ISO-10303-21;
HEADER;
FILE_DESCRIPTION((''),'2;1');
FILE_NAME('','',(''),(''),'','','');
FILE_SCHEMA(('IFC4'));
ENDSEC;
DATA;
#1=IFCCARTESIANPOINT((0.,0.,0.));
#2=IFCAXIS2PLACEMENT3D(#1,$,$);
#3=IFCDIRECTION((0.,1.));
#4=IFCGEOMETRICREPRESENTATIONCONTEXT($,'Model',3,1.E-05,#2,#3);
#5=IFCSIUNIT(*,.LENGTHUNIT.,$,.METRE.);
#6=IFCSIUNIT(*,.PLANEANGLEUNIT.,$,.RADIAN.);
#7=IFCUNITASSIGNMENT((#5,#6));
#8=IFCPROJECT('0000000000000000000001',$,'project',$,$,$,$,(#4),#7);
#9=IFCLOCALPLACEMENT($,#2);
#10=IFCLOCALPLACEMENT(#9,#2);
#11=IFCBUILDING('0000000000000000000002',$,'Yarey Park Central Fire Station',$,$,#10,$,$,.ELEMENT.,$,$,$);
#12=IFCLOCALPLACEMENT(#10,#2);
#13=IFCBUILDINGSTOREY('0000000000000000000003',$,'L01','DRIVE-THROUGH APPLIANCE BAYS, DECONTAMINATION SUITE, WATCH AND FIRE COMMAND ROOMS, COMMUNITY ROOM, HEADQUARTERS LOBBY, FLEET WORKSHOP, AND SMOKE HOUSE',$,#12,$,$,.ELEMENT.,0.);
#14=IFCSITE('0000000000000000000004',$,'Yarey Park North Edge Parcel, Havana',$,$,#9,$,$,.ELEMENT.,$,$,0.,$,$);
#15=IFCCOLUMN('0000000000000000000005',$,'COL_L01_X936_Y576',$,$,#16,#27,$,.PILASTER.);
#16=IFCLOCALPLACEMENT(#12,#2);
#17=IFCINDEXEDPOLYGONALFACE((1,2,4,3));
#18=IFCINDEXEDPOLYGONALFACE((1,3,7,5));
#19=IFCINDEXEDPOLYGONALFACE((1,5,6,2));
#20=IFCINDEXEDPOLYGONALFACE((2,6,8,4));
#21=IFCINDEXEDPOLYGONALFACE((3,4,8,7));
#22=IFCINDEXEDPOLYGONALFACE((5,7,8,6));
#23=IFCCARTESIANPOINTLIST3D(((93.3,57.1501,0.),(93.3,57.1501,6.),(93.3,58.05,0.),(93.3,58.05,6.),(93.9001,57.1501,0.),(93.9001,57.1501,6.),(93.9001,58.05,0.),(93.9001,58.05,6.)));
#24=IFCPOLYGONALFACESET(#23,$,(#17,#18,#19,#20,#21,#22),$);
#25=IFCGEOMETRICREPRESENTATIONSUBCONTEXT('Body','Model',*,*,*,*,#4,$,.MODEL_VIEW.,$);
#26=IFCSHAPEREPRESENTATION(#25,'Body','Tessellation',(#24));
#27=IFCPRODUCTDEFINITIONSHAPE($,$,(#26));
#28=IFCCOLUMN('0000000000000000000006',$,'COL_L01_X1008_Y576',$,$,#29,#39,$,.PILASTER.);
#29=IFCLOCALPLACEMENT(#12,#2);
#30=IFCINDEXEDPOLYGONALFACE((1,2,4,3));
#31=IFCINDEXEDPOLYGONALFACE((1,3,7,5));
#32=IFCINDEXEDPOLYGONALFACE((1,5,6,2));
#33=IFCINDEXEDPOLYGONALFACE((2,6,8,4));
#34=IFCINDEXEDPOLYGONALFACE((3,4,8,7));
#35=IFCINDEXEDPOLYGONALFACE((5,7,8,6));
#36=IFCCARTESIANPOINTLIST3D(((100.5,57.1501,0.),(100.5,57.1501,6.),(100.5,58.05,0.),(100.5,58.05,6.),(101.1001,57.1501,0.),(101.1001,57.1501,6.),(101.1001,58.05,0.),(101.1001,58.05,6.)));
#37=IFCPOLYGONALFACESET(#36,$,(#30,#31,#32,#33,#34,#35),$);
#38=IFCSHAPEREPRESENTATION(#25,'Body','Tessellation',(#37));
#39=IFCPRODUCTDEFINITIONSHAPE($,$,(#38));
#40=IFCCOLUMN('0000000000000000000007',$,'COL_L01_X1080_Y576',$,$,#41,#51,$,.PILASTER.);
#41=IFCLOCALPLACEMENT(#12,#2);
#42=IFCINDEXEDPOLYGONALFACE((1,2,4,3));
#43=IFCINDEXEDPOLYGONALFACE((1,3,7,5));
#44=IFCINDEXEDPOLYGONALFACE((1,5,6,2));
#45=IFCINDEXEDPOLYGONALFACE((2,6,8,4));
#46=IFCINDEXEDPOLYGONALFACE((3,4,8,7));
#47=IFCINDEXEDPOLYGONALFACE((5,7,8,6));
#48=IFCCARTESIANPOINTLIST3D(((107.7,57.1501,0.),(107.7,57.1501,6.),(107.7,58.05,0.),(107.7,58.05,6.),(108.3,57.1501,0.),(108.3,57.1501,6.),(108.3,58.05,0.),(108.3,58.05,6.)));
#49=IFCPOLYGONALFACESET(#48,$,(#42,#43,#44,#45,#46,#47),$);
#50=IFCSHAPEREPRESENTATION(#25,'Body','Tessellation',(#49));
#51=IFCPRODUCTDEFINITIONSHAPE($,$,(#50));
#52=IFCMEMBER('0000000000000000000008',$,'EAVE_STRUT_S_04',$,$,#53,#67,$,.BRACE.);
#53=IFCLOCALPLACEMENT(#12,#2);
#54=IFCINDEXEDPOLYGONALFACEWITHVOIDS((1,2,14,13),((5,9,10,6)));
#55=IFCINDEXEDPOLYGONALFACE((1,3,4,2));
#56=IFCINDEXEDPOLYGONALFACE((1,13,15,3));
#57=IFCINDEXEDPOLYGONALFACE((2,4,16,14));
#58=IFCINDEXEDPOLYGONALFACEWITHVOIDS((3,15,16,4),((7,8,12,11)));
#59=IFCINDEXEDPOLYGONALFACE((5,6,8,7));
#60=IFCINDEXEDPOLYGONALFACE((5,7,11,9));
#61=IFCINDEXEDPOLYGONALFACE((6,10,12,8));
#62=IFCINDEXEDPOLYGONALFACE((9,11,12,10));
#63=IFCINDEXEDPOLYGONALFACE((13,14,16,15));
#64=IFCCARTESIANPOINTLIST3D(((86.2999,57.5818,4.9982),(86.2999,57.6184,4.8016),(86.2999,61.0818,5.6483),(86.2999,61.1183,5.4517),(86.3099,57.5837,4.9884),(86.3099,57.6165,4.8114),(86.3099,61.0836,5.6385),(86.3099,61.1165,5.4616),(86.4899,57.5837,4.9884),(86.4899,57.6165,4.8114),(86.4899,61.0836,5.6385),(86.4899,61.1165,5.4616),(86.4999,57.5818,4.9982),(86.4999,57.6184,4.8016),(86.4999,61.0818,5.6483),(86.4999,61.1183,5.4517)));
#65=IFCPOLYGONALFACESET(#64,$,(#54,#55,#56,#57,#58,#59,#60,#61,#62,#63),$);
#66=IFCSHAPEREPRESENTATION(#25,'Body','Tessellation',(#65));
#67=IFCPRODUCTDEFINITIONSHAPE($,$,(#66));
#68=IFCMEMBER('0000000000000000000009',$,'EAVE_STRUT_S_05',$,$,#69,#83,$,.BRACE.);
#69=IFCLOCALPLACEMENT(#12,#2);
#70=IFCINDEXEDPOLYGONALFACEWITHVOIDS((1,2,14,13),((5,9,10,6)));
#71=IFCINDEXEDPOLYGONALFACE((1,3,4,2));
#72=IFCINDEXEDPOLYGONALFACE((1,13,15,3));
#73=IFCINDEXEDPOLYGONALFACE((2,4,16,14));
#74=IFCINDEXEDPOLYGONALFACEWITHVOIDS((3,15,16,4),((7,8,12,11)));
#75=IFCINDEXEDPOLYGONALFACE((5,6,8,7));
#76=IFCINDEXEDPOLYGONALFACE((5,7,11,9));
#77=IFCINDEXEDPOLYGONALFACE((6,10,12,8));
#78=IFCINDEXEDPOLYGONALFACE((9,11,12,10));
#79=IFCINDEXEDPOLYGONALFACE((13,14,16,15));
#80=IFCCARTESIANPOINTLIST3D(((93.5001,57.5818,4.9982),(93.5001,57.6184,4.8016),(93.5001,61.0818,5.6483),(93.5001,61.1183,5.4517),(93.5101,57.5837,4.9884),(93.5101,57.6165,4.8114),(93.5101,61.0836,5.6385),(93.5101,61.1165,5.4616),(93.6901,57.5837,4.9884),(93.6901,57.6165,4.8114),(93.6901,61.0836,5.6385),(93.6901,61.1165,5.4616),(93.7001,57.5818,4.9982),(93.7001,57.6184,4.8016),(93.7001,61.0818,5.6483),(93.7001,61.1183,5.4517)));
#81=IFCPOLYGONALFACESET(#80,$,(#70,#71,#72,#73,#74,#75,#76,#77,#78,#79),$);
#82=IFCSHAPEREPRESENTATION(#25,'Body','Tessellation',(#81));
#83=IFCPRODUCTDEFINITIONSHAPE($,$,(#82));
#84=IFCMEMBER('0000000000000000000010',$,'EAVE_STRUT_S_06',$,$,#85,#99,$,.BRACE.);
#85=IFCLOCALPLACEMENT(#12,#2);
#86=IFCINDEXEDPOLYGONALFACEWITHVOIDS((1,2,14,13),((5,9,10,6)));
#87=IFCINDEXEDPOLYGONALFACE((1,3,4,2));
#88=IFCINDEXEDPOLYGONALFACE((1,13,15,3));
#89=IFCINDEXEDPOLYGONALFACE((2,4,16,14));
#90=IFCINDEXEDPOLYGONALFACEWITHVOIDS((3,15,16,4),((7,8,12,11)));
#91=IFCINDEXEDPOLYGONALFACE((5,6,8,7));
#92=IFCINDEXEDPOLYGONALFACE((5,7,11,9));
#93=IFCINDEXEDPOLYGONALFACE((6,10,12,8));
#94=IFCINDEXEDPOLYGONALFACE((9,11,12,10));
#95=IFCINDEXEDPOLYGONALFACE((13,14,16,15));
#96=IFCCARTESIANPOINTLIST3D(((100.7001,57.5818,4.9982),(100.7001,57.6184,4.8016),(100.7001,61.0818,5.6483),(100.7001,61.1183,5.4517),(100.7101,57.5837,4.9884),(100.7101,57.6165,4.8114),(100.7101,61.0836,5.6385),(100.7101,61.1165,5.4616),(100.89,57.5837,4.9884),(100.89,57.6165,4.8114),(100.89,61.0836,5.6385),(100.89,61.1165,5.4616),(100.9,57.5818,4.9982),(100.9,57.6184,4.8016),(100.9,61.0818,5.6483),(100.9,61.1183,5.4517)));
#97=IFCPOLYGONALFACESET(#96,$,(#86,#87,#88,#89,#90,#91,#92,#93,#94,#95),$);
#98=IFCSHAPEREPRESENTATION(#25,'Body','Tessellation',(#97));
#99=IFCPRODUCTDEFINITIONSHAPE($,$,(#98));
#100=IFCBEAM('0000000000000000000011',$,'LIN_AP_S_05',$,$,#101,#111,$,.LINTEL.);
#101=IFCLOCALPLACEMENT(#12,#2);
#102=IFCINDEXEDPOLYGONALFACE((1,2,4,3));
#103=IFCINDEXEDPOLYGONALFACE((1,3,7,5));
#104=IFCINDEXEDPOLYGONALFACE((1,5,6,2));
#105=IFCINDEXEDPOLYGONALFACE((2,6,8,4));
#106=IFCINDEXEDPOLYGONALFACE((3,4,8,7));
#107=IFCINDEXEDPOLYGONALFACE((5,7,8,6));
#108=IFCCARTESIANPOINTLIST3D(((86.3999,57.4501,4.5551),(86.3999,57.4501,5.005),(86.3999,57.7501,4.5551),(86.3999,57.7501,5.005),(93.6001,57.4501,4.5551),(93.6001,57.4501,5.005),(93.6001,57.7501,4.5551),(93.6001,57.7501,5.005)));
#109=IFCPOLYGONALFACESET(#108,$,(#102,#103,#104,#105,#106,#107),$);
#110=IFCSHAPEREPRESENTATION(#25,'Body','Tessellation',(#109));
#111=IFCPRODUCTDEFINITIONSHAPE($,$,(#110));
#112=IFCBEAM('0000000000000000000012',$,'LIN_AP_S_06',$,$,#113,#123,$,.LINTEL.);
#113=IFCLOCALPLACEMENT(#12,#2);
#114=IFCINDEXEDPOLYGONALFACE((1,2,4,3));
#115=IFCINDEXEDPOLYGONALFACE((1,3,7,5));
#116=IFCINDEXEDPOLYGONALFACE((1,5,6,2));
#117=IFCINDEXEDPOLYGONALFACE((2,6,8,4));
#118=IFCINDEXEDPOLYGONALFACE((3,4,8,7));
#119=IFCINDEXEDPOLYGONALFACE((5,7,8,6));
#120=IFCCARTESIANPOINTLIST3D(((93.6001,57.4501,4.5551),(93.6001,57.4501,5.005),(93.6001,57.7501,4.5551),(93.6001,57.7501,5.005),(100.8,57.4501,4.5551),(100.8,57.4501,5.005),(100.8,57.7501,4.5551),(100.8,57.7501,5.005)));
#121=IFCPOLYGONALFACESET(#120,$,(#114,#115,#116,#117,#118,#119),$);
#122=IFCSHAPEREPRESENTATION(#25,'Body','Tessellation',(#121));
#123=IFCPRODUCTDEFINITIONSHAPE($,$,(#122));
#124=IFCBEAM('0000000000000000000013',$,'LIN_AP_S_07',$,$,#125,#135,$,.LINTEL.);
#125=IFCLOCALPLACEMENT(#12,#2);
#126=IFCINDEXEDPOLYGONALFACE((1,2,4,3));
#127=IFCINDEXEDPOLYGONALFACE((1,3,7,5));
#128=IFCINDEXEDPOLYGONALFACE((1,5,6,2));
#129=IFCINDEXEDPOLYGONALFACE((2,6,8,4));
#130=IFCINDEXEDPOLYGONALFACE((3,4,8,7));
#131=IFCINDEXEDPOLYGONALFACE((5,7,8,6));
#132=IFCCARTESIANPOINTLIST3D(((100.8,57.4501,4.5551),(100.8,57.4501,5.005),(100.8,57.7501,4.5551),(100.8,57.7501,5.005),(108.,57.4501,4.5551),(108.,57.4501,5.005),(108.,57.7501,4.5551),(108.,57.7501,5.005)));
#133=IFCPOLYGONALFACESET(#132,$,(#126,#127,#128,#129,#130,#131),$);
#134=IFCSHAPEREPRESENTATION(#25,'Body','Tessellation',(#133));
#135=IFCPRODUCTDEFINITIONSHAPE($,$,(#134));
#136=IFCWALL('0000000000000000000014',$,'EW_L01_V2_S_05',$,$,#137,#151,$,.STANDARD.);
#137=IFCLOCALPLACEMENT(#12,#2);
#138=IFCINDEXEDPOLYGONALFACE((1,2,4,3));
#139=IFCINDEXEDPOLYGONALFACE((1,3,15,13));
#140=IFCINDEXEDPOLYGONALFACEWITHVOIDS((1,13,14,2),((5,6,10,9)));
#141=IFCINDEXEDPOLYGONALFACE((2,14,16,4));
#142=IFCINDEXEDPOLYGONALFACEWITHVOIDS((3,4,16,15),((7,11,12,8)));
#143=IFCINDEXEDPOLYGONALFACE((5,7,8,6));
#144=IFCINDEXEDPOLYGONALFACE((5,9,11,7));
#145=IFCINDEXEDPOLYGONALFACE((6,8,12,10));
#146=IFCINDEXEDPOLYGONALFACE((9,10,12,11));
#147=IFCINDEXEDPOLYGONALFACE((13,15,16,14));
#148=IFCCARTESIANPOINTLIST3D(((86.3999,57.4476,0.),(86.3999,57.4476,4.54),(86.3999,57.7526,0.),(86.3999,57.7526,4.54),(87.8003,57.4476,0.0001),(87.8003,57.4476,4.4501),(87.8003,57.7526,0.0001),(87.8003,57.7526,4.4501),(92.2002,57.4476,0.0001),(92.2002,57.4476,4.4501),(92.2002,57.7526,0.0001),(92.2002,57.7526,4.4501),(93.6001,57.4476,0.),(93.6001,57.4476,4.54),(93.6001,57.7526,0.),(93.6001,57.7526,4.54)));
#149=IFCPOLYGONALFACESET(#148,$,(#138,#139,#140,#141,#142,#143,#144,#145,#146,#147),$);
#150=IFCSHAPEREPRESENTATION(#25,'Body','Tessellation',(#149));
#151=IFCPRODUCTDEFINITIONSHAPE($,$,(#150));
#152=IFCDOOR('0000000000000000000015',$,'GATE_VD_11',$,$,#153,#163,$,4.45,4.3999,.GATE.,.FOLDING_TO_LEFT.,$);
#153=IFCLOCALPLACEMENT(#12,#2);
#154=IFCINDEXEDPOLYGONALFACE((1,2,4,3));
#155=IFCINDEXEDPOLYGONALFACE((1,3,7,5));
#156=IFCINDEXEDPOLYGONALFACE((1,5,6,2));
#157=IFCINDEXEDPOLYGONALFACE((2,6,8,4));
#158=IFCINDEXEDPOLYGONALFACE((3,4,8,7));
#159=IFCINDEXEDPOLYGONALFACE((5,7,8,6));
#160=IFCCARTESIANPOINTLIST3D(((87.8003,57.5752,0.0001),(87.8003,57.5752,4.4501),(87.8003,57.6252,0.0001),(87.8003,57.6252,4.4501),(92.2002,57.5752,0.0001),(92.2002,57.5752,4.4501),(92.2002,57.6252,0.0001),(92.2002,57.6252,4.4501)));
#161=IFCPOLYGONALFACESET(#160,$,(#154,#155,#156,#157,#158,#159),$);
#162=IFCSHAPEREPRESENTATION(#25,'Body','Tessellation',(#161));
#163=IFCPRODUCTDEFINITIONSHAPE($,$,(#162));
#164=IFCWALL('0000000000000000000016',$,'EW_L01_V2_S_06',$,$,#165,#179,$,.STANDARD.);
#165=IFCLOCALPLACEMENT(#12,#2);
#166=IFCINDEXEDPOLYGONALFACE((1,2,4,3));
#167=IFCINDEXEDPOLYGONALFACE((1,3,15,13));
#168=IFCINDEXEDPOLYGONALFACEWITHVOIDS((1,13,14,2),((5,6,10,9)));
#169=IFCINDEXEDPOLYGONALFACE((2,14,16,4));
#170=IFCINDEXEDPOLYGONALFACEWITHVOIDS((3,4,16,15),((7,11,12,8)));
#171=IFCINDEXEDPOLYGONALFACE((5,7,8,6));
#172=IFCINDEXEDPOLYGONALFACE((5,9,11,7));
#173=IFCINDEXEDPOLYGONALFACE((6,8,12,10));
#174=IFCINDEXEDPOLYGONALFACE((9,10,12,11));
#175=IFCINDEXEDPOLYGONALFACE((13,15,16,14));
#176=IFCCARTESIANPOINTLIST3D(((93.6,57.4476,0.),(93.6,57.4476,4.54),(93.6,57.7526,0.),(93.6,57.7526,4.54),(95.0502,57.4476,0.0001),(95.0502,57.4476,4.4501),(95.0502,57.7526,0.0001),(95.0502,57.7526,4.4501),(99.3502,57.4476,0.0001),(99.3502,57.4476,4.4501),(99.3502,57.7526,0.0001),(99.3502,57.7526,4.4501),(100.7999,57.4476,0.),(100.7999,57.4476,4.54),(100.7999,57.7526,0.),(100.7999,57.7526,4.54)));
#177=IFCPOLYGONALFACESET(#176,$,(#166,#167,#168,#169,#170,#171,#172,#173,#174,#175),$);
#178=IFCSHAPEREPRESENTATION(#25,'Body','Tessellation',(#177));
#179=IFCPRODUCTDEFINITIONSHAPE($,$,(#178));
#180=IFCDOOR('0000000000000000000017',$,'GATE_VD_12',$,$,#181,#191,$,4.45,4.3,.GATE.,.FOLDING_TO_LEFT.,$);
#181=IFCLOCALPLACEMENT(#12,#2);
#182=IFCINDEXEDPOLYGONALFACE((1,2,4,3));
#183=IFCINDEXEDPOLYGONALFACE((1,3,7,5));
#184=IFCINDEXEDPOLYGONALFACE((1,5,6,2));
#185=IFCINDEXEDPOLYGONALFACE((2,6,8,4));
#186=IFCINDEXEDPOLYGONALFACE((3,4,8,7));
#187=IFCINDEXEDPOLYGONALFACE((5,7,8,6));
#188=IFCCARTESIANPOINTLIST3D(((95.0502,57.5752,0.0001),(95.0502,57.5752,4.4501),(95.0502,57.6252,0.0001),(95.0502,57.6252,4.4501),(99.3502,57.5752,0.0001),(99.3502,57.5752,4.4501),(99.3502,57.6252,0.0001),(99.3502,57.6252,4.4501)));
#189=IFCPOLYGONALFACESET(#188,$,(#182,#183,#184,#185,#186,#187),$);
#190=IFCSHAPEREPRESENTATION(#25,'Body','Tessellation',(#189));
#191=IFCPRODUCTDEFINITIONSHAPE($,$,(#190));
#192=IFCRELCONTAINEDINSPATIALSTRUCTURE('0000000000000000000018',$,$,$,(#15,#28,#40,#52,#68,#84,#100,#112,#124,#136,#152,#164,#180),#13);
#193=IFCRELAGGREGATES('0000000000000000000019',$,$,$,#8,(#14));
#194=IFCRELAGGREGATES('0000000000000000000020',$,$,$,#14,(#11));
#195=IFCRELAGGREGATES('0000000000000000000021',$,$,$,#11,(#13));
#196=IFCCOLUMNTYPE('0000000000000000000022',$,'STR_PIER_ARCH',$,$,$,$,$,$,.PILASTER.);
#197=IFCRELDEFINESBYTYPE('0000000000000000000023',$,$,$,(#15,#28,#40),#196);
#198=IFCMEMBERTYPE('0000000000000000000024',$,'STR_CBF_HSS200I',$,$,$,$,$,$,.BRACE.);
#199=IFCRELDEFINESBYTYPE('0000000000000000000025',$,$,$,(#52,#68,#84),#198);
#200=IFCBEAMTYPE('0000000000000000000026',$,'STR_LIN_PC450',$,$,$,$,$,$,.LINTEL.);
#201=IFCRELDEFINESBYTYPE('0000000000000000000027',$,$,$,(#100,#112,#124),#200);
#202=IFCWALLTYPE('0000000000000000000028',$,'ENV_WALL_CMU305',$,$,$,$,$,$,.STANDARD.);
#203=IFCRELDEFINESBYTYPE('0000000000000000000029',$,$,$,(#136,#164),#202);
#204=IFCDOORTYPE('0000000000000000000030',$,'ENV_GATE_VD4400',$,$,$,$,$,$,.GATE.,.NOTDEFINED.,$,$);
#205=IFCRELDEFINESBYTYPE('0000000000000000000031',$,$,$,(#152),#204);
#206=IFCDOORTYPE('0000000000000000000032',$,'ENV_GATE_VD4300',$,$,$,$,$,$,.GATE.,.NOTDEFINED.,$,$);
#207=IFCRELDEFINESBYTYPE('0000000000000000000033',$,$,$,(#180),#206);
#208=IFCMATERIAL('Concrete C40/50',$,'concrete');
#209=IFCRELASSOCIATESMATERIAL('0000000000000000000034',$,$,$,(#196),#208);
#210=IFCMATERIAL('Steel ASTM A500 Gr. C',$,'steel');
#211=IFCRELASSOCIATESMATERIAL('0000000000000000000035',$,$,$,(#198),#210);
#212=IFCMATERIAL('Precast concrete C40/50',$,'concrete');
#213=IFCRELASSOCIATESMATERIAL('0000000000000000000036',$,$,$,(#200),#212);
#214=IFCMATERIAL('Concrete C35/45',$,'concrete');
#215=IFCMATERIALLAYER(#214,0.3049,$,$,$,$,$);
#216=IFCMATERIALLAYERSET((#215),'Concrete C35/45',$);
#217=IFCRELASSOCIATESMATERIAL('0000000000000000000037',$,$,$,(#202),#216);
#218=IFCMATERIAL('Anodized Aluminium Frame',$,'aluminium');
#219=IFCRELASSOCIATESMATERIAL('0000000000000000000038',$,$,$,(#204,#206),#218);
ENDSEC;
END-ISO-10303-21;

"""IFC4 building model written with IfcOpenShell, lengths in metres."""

from ifc_helpers import new_model, si_unit, direction, frame, frame_2d, origin, origin_2d, place, context, subcontext, project, spatial, rectangle, hollow_rectangle, extrude, material, layer, layer_set, material_profile, profile_set, type_object, element, fill, save


model = new_model("IFC4")

# Units and contexts
model_context = context("Model", 3, precision=1e-05, world=origin(), true_north=direction((0.0, 1.0)))
body_context = subcontext(model_context, "Body", "Model", "MODEL_VIEW")
ifc_project = project(units=[si_unit("LENGTHUNIT", "METRE"), si_unit("PLANEANGLEUNIT", "RADIAN")], contexts=[model_context])

# Site, building, storey
site_placement = place(None, origin())
site = spatial("IfcSite", under=ifc_project, at=site_placement, Name="Yarey Park North Edge Parcel, Havana", CompositionType="ELEMENT", RefElevation=0.0)
building_placement = place(site_placement, origin())
building = spatial("IfcBuilding", under=site, at=building_placement, Name="Yarey Park Central Fire Station", CompositionType="ELEMENT")
storey_placement = place(building_placement, origin())
storey = spatial("IfcBuildingStorey", under=building, at=storey_placement, Name="L01", Description="DRIVE-THROUGH APPLIANCE BAYS, DECONTAMINATION SUITE, WATCH AND FIRE COMMAND ROOMS, COMMUNITY ROOM, HEADQUARTERS LOBBY, FLEET WORKSHOP, AND SMOKE HOUSE", CompositionType="ELEMENT", Elevation=0.0)

# Shared definitions
ifc_material_1 = material(Name="Concrete C35/45", Category="concrete")

# Columns
ifc_material_2 = material(Name="Concrete C40/50", Category="concrete")
ifc_material_profile_1 = material_profile(ifc_material_2, rectangle(XDim=0.6001, YDim=0.8999, at=origin_2d()), Name="RC 900x600")
ifc_profile_set_1 = profile_set([ifc_material_profile_1], Name="Concrete C40/50")
column_type = type_object("IfcColumnType", Name="STR_PIER_ARCH", PredefinedType="PILASTER", material=ifc_profile_set_1)
for number, where, z_axis, x_axis, name in (
    (1, (93.6001, 57.6001, 0.0), (0.0, 0.0, 1.0), (1.0, 0.0, 0.0), "COL_L01_X936_Y576"),
    (2, (100.8, 57.6001, 0.0), (0.0, 0.0, 1.0), (1.0, 0.0, 0.0), "COL_L01_X1008_Y576"),
    (3, (108.0, 57.6001, 0.0), (0.0, 0.0, 1.0), (1.0, 0.0, 0.0), "COL_L01_X1080_Y576"),
):
    element("IfcColumn", number, at=place(storey_placement, frame(where, z_axis=z_axis, x_axis=x_axis)), inside=storey, type_object=column_type, Name=name, PredefinedType="PILASTER", context=body_context, shape_type="SweptSolid", body=[
        extrude(rectangle(XDim=0.6001, YDim=0.8999, at=origin_2d()), origin(), (0.0, 0.0, 1.0), 6.0),
    ])

# Members
ifc_material_3 = material(Name="Steel ASTM A500 Gr. C", Category="steel")
ifc_material_profile_2 = material_profile(ifc_material_3, hollow_rectangle(XDim=0.2, YDim=0.2, WallThickness=0.01, at=origin_2d()), Name="HSS 200x200x10")
ifc_profile_set_2 = profile_set([ifc_material_profile_2], Name="Steel ASTM A500 Gr. C")
member_type = type_object("IfcMemberType", Name="STR_CBF_HSS200I", PredefinedType="BRACE", material=ifc_profile_set_2)
for number, where, z_axis, x_axis, name in (
    (4, (86.3999, 57.6001, 4.8999), (0.0, 0.983181, 0.182632), (-1.0, 0.0, 0.0), "EAVE_STRUT_S_04"),
    (5, (93.6001, 57.6001, 4.8999), (0.0, 0.983181, 0.182632), (-1.0, 0.0, 0.0), "EAVE_STRUT_S_05"),
    (6, (100.8, 57.6001, 4.8999), (0.0, 0.983181, 0.182632), (-1.0, 0.0, 0.0), "EAVE_STRUT_S_06"),
):
    element("IfcMember", number, at=place(storey_placement, frame(where, z_axis=z_axis, x_axis=x_axis)), inside=storey, type_object=member_type, Name=name, PredefinedType="BRACE", context=body_context, shape_type="SweptSolid", body=[
        extrude(hollow_rectangle(XDim=0.2, YDim=0.2, WallThickness=0.01, at=origin_2d()), origin(), (0.0, 0.0, 1.0), 3.5598),
    ])

# Beams
ifc_material_4 = material(Name="Precast concrete C40/50", Category="concrete")
ifc_material_profile_3 = material_profile(ifc_material_4, rectangle(XDim=0.3, YDim=0.45, at=origin_2d()), Name="PC 300x450")
ifc_profile_set_3 = profile_set([ifc_material_profile_3], Name="Precast concrete C40/50")
beam_type = type_object("IfcBeamType", Name="STR_LIN_PC450", PredefinedType="LINTEL", material=ifc_profile_set_3)
beam_placement = place(storey_placement, frame((86.3999, 57.6001, 4.78), z_axis=(1.0, 0.0, 0.0), x_axis=(0.0, 1.0, 0.0)))
element("IfcBeam", 7, at=beam_placement, inside=storey, type_object=beam_type, Name="LIN_AP_S_05", PredefinedType="LINTEL", context=body_context, shape_type="SweptSolid", body=[
    extrude(rectangle(XDim=0.3, YDim=0.45, at=origin_2d()), origin(), (0.0, 0.0, 1.0), 7.2002),
])
for number, where, z_axis, x_axis, name in (
    (8, (93.6001, 57.6001, 4.78), (1.0, 0.0, 0.0), (0.0, 1.0, 0.0), "LIN_AP_S_06"),
    (9, (100.8, 57.6001, 4.78), (1.0, 0.0, 0.0), (0.0, 1.0, 0.0), "LIN_AP_S_07"),
):
    element("IfcBeam", number, at=place(storey_placement, frame(where, z_axis=z_axis, x_axis=x_axis)), inside=storey, type_object=beam_type, Name=name, PredefinedType="LINTEL", context=body_context, shape_type="SweptSolid", body=[
        extrude(rectangle(XDim=0.3, YDim=0.45, at=origin_2d()), origin(), (0.0, 0.0, 1.0), 7.2),
    ])

# Walls, openings, doors
ifc_layer = layer(ifc_material_1, 0.3049)
ifc_layer_set = layer_set([ifc_layer], Name="Concrete C35/45")
wall_type = type_object("IfcWallType", Name="ENV_WALL_CMU305", PredefinedType="STANDARD", material=ifc_layer_set)
ifc_material_5 = material(Name="Anodized Aluminium Frame", Category="aluminium")
wall_1_placement = place(storey_placement, frame((93.6001, 57.6001, 0.0), z_axis=(0.0, 0.0, 1.0), x_axis=(-1.0, 0.0, 0.0)))
wall_1 = element("IfcWall", 10, at=wall_1_placement, inside=storey, type_object=wall_type, Name="EW_L01_V2_S_05", PredefinedType="STANDARD", context=body_context, shape_type="SweptSolid", body=[
    extrude(rectangle(XDim=7.2002, YDim=0.3049, at=frame_2d((3.6001, 0.0))), origin(), (0.0, 0.0, 1.0), 4.54),
])
opening_1_placement = place(wall_1_placement, frame((1.3999, 0.0, 0.0)))
opening_1 = element("IfcOpeningElement", 11, at=opening_1_placement, cuts=wall_1, PredefinedType="OPENING", context=body_context, shape_type="SweptSolid", body=[
    extrude(rectangle(XDim=4.3999, YDim=4.45, at=frame_2d((2.2, 2.2251))), frame((0.0, 0.1624, 0.0), z_axis=(0.0, -1.0, 0.0), x_axis=(1.0, 0.0, 0.0)), (0.0, 0.0, 1.0), 0.325),
])
door_type_1 = type_object("IfcDoorType", Name="ENV_GATE_VD4400", OperationType="NOTDEFINED", PredefinedType="GATE", material=ifc_material_5)
door_1_placement = place(opening_1_placement, origin())
door_1 = element("IfcDoor", 12, at=door_1_placement, inside=storey, type_object=door_type_1, Name="GATE_VD_11", OperationType="FOLDING_TO_LEFT", OverallHeight=4.45, OverallWidth=4.3999, PredefinedType="GATE", context=body_context, shape_type="SweptSolid", body=[
    extrude(rectangle(XDim=4.3999, YDim=4.45, at=frame_2d((2.2, 2.2251))), frame((0.0, 0.0249, 0.0), z_axis=(0.0, -1.0, 0.0), x_axis=(1.0, 0.0, 0.0)), (0.0, 0.0, 1.0), 0.05),
])
fill(opening_1, door_1)
wall_2_placement = place(storey_placement, frame((100.8, 57.6001, 0.0), z_axis=(0.0, 0.0, 1.0), x_axis=(-1.0, 0.0, 0.0)))
wall_2 = element("IfcWall", 13, at=wall_2_placement, inside=storey, type_object=wall_type, Name="EW_L01_V2_S_06", PredefinedType="STANDARD", context=body_context, shape_type="SweptSolid", body=[
    extrude(rectangle(XDim=7.2, YDim=0.3049, at=frame_2d((3.6001, 0.0))), origin(), (0.0, 0.0, 1.0), 4.54),
])
opening_2_placement = place(wall_2_placement, frame((1.45, 0.0, 0.0)))
opening_2 = element("IfcOpeningElement", 14, at=opening_2_placement, cuts=wall_2, PredefinedType="OPENING", context=body_context, shape_type="SweptSolid", body=[
    extrude(rectangle(XDim=4.3, YDim=4.45, at=frame_2d((2.1499, 2.2251))), frame((0.0, 0.1624, 0.0), z_axis=(0.0, -1.0, 0.0), x_axis=(1.0, 0.0, 0.0)), (0.0, 0.0, 1.0), 0.325),
])
door_type_2 = type_object("IfcDoorType", Name="ENV_GATE_VD4300", OperationType="NOTDEFINED", PredefinedType="GATE", material=ifc_material_5)
door_2_placement = place(opening_2_placement, origin())
door_2 = element("IfcDoor", 15, at=door_2_placement, inside=storey, type_object=door_type_2, Name="GATE_VD_12", OperationType="FOLDING_TO_LEFT", OverallHeight=4.45, OverallWidth=4.3, PredefinedType="GATE", context=body_context, shape_type="SweptSolid", body=[
    extrude(rectangle(XDim=4.3, YDim=4.45, at=frame_2d((2.1499, 2.2251))), frame((0.0, 0.0249, 0.0), z_axis=(0.0, -1.0, 0.0), x_axis=(1.0, 0.0, 0.0)), (0.0, 0.0, 1.0), 0.05),
])
fill(opening_2, door_2)

save(model, "model.ifc")
